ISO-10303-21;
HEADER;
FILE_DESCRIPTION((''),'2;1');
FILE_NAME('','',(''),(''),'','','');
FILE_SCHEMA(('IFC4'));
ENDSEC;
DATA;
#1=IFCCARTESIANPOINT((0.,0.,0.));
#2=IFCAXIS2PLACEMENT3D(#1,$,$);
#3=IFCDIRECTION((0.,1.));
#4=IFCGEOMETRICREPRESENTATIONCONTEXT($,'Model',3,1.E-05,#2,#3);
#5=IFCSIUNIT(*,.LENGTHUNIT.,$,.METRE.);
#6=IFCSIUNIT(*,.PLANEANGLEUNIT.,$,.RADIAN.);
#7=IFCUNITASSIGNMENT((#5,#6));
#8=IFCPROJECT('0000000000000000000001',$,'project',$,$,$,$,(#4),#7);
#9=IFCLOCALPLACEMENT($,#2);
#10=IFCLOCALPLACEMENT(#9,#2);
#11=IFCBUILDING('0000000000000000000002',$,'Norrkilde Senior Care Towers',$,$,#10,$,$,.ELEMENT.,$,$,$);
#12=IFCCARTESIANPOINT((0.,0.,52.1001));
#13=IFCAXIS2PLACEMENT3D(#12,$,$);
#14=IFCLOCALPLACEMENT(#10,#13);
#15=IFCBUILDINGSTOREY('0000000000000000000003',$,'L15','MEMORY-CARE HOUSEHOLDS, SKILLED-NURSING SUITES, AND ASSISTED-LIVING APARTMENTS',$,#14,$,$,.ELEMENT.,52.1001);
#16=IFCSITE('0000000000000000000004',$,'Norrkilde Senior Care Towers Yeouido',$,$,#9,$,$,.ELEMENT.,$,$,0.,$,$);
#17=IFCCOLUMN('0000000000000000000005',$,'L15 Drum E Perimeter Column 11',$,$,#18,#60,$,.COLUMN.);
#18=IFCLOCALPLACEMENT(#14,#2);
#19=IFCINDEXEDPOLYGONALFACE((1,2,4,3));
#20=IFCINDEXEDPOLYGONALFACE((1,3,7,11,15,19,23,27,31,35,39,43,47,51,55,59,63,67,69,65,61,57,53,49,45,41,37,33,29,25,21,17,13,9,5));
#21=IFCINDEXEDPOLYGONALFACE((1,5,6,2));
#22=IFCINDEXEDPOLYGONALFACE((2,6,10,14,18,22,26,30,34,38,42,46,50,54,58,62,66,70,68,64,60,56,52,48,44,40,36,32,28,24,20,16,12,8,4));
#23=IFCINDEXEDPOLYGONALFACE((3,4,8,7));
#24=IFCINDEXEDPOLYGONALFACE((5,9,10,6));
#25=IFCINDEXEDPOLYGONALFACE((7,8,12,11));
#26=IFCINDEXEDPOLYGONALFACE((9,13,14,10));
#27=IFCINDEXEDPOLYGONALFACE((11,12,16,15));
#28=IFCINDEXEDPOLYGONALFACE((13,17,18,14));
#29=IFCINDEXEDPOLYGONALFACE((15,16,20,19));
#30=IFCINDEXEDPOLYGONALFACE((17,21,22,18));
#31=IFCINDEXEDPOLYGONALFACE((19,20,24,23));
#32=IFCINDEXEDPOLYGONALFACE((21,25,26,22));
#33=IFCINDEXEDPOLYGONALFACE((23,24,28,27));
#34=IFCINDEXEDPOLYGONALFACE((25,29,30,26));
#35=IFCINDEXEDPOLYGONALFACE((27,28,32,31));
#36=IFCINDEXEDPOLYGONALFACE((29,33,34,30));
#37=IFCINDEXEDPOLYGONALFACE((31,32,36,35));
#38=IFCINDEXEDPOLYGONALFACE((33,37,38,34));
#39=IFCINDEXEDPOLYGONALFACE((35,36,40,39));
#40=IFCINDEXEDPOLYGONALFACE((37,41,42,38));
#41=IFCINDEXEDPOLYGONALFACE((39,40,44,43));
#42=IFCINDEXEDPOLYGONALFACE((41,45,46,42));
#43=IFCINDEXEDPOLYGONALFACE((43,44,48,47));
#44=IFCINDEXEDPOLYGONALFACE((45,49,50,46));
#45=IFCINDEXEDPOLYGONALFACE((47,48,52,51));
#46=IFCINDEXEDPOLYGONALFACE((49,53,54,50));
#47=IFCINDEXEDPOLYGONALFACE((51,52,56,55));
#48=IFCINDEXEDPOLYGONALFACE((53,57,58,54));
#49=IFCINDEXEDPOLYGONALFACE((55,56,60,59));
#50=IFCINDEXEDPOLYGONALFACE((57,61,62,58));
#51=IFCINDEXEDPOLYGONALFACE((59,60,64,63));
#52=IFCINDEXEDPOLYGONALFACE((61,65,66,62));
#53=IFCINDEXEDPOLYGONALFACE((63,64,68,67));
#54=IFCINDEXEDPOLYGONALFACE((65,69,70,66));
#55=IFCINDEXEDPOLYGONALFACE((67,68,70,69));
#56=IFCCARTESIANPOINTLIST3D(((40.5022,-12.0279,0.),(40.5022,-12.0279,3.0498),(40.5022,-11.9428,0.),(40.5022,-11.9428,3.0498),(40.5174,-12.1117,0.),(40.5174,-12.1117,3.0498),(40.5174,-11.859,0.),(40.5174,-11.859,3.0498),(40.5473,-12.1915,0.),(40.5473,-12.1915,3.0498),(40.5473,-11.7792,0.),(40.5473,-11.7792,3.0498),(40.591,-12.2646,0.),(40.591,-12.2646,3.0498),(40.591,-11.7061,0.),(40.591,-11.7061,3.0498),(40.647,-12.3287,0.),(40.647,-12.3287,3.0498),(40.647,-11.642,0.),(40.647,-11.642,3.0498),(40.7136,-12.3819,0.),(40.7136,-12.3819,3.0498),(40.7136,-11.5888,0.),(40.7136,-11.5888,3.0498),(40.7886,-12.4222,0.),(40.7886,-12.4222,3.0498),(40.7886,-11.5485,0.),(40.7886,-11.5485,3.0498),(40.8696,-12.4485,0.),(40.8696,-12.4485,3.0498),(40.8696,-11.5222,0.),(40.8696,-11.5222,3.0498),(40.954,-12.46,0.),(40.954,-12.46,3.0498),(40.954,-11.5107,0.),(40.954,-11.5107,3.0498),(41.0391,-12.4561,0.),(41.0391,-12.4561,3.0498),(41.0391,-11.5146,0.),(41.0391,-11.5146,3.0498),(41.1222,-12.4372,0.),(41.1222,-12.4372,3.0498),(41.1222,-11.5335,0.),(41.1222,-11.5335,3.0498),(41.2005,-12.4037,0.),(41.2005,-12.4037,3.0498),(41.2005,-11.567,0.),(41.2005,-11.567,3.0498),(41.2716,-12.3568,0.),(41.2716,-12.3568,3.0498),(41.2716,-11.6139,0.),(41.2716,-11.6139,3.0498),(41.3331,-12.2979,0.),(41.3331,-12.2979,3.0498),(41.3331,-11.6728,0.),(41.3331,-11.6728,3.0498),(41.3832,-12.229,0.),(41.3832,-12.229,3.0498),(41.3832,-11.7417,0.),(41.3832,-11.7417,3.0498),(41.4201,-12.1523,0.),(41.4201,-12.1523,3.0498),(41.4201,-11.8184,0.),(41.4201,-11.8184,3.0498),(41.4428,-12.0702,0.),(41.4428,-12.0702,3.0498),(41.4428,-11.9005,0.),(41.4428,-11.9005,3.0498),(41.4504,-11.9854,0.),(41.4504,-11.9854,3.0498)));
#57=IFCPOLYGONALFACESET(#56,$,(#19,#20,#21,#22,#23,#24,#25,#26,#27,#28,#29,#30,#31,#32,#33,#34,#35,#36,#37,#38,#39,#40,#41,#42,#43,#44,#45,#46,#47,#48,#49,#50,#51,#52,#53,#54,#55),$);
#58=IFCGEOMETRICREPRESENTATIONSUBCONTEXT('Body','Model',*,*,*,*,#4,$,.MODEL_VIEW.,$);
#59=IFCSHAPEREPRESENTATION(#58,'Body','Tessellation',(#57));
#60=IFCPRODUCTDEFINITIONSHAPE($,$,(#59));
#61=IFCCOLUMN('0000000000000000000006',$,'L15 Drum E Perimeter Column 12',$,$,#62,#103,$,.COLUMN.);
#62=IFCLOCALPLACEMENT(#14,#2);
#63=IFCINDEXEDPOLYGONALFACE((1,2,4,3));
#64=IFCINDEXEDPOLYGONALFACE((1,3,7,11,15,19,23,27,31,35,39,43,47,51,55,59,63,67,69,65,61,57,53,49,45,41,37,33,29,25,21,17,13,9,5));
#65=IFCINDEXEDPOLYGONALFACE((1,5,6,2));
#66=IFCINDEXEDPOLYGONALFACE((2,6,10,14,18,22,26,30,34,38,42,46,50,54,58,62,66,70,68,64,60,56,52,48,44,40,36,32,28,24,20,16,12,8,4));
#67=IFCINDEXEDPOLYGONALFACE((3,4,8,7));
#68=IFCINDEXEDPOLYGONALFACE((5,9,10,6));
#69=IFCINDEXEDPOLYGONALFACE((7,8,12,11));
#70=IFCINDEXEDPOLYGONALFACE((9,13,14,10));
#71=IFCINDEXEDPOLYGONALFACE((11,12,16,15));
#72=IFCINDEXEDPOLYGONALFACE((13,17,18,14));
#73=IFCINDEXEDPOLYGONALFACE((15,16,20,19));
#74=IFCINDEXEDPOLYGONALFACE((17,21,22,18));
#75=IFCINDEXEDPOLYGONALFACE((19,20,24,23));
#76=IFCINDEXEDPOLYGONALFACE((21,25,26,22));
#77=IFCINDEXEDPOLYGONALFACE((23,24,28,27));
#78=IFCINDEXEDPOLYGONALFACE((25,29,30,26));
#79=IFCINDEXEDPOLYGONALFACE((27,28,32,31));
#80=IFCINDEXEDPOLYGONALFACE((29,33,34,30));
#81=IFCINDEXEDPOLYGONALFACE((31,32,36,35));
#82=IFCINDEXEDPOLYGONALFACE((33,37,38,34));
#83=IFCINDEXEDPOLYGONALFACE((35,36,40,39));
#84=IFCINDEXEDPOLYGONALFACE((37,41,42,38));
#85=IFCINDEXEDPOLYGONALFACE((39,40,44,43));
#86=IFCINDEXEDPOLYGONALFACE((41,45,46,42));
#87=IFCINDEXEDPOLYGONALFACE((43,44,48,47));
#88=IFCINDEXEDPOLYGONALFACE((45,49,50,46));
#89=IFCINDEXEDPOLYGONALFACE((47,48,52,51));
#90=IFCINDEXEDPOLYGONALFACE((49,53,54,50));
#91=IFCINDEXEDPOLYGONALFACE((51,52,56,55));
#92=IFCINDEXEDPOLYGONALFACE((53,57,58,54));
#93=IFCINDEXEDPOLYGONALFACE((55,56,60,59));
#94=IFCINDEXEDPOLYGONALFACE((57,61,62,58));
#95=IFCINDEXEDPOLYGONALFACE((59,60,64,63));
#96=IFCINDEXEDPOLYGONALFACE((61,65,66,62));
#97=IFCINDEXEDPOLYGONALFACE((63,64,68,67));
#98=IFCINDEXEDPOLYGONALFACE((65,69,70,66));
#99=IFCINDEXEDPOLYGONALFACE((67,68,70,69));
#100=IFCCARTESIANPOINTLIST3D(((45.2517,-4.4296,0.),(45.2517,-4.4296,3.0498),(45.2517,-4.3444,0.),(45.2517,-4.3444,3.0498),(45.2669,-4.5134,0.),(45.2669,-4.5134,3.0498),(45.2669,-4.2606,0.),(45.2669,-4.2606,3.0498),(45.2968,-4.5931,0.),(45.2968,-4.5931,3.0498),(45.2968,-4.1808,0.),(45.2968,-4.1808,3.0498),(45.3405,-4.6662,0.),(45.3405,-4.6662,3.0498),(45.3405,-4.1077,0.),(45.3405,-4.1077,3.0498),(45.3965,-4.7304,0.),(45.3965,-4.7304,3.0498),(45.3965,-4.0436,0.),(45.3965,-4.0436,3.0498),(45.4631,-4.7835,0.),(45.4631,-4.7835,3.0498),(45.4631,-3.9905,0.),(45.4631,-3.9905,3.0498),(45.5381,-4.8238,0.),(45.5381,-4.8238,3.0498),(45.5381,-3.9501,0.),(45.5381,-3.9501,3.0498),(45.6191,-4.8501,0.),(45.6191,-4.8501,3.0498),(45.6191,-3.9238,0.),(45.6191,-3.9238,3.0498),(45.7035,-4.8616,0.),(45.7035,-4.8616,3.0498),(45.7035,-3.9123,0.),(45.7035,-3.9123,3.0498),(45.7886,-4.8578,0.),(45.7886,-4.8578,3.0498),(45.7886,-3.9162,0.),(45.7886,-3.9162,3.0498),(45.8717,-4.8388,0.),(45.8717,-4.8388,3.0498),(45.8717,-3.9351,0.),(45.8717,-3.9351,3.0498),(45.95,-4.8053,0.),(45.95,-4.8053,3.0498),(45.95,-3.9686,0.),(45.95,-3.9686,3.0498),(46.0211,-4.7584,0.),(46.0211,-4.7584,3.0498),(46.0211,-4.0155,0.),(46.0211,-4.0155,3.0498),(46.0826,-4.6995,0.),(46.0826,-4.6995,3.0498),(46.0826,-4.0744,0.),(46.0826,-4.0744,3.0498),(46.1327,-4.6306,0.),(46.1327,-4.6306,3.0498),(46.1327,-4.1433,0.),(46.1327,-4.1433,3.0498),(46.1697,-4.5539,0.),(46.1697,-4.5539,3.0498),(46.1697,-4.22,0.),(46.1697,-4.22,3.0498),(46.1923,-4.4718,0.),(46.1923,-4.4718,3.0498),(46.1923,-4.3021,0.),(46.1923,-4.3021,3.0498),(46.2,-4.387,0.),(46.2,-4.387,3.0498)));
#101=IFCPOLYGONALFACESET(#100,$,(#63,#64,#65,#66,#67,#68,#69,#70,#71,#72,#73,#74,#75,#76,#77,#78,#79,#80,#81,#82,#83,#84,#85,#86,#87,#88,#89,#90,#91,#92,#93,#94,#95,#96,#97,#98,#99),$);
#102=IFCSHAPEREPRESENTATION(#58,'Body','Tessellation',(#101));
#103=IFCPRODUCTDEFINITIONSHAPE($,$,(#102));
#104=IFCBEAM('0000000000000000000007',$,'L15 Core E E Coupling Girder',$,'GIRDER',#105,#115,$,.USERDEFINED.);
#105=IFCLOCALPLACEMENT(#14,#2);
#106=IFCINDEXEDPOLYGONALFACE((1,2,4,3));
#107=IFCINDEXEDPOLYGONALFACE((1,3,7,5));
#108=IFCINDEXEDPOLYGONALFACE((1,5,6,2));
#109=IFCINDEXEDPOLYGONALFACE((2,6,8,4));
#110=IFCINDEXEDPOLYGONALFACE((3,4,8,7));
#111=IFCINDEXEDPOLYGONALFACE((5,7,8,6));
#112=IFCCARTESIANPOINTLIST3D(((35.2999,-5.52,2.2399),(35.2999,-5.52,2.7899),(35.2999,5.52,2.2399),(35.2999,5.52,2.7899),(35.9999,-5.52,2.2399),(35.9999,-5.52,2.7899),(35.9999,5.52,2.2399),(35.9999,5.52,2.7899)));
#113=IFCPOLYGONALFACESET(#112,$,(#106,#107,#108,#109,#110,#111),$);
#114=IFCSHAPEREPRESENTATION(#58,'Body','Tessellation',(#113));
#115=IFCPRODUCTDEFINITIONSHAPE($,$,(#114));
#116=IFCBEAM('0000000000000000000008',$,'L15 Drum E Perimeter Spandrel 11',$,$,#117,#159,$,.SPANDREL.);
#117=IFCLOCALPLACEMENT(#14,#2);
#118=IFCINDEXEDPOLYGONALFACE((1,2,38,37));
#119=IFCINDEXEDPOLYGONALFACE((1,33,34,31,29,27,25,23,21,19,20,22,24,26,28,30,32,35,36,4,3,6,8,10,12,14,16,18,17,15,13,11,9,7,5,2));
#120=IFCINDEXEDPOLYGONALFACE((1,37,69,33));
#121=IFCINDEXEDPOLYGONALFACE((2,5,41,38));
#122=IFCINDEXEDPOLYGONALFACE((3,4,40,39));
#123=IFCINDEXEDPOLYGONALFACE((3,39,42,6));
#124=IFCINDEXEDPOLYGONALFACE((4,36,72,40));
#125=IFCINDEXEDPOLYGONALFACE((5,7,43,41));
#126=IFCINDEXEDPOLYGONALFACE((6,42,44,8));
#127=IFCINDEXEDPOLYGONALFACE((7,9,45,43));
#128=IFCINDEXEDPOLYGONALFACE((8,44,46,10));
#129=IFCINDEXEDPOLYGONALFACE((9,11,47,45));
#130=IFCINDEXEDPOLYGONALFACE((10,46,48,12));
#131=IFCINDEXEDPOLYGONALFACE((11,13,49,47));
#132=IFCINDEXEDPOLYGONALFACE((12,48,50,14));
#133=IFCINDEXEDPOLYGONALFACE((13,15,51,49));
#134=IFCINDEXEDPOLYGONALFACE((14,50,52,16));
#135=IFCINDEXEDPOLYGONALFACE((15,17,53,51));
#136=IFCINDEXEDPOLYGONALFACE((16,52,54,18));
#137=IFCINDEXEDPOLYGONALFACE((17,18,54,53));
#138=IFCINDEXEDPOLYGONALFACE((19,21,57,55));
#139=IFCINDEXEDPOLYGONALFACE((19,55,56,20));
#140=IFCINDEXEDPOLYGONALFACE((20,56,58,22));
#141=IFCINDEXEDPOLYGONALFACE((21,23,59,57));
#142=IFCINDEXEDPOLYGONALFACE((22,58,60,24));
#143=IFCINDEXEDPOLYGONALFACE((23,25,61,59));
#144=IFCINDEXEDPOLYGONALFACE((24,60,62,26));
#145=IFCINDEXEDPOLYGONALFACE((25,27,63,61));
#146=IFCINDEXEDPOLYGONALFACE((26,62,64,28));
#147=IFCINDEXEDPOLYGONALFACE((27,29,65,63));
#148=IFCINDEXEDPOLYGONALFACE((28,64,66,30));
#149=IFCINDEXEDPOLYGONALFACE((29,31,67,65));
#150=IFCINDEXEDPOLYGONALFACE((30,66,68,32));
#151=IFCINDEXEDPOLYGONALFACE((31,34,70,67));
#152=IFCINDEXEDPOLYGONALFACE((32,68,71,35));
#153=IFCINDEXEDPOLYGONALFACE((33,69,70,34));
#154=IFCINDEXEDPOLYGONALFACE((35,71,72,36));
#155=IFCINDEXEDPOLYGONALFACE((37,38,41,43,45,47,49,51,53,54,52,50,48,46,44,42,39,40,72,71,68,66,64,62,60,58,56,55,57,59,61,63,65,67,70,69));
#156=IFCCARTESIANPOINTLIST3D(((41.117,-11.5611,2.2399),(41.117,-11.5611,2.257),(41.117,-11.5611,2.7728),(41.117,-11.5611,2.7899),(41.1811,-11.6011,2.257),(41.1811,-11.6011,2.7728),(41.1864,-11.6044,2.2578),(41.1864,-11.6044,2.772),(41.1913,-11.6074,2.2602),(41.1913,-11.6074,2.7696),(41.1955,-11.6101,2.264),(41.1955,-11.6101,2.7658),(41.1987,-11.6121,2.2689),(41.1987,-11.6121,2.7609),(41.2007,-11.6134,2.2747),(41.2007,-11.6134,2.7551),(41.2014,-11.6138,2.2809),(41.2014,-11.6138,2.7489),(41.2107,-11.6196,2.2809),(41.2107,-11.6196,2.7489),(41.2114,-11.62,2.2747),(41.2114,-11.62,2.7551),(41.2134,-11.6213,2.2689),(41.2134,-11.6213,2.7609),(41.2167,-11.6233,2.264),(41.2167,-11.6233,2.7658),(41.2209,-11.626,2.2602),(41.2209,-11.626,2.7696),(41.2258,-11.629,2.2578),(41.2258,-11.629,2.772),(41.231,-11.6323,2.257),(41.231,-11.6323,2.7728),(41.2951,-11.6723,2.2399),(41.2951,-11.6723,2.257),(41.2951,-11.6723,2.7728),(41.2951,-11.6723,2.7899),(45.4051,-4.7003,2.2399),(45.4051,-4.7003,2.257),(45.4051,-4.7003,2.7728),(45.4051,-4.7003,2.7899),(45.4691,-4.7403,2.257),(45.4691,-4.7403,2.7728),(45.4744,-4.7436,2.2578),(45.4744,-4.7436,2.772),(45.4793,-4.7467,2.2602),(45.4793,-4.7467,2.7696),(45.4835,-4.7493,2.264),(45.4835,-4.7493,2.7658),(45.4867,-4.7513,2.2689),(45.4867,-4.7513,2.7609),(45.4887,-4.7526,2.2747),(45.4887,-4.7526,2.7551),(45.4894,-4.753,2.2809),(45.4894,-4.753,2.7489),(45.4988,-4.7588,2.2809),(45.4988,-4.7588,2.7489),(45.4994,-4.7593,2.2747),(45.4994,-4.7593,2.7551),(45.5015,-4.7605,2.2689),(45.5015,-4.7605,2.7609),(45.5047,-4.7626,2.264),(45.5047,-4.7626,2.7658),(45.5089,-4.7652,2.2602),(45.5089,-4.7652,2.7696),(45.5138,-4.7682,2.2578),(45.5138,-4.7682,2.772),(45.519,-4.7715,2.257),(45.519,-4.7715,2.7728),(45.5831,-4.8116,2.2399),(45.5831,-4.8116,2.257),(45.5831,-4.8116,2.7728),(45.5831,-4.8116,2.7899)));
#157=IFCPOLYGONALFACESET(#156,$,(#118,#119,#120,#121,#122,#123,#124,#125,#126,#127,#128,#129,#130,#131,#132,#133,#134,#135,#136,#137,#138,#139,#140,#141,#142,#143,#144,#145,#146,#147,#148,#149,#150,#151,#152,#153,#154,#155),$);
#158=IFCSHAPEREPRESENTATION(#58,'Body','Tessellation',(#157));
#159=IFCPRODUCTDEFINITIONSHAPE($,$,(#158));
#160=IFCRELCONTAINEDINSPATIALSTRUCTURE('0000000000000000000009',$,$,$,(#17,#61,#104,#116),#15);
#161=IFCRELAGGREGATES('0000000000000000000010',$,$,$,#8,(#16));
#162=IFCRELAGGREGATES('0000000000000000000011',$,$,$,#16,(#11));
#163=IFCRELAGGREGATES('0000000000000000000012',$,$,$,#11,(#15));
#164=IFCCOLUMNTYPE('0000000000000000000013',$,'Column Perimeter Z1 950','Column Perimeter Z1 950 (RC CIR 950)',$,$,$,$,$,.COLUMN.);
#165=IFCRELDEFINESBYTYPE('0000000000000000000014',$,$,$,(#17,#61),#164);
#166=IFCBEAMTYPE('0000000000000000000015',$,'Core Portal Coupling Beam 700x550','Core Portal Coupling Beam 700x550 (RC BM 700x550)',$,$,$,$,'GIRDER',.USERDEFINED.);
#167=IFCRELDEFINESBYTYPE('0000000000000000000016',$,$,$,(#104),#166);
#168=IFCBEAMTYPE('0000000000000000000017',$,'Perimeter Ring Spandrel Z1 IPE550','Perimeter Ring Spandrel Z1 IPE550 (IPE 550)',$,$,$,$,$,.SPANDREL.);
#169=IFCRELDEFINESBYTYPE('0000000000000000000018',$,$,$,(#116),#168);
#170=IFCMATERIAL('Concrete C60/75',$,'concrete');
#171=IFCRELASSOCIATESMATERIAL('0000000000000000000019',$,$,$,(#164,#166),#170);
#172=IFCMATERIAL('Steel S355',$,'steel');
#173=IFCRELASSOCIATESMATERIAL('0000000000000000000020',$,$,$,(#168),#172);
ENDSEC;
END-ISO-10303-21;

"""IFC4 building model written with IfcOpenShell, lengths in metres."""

from ifc_helpers import new_model, si_unit, direction, frame, origin, origin_2d, place, context, subcontext, project, spatial, rectangle, circle, i_section, extrude, source, transform, mapped, material, material_profile, profile_set, type_object, type_shapes, element, save


model = new_model("IFC4")

# Units and contexts
model_context = context("Model", 3, precision=1e-05, world=origin(), true_north=direction((0.0, 1.0)))
body_context = subcontext(model_context, "Body", "Model", "MODEL_VIEW")
ifc_project = project(units=[si_unit("LENGTHUNIT", "METRE"), si_unit("PLANEANGLEUNIT", "RADIAN")], contexts=[model_context])

# Site, building, storey
site_placement = place(None, origin())
site = spatial("IfcSite", under=ifc_project, at=site_placement, Name="Norrkilde Senior Care Towers Yeouido", CompositionType="ELEMENT", RefElevation=0.0)
building_placement = place(site_placement, origin())
building = spatial("IfcBuilding", under=site, at=building_placement, Name="Norrkilde Senior Care Towers", CompositionType="ELEMENT")
storey_placement = place(building_placement, frame((0.0, 0.0, 52.1001)))
storey = spatial("IfcBuildingStorey", under=building, at=storey_placement, Name="L15", Description="MEMORY-CARE HOUSEHOLDS, SKILLED-NURSING SUITES, AND ASSISTED-LIVING APARTMENTS", CompositionType="ELEMENT", Elevation=52.1001)

# Columns
ifc_material_1 = material(Name="Concrete C60/75", Category="concrete")
ifc_material_profile_1 = material_profile(ifc_material_1, circle(Radius=0.4751, at=origin_2d()), Name="RC CIR 950")
ifc_profile_set_1 = profile_set([ifc_material_profile_1], Name="Concrete C60/75")
column_type = type_object("IfcColumnType", Name="Column Perimeter Z1 950", Description="Column Perimeter Z1 950 (RC CIR 950)", PredefinedType="COLUMN", material=ifc_profile_set_1)
shared_shape_1 = source(origin(), body_context, "Body", "SweptSolid", [
    extrude(circle(Radius=0.4751, at=origin_2d()), origin(), (0.0, 0.0, 1.0), 3.0498),
])
type_shapes(column_type, [shared_shape_1])
for number, where, z_axis, x_axis, name in (
    (1, (40.9753, -11.9854, 0.0), (0.0, 0.0, 1.0), (1.0, 0.0, 0.0), "L15 Drum E Perimeter Column 11"),
    (2, (45.7249, -4.387, 0.0), (0.0, 0.0, 1.0), (1.0, 0.0, 0.0), "L15 Drum E Perimeter Column 12"),
):
    element("IfcColumn", number, at=place(storey_placement, frame(where, z_axis=z_axis, x_axis=x_axis)), inside=storey, type_object=column_type, Name=name, PredefinedType="COLUMN", context=body_context, shape_type="MappedRepresentation", body=[
        mapped(shared_shape_1, transform((0.0, 0.0, 0.0), x_axis=(1.0, 0.0, 0.0), y_axis=(0.0, 1.0, 0.0), z_axis=(0.0, 0.0, 1.0), scale=1.0)),
    ])

# Beams
ifc_material_profile_2 = material_profile(ifc_material_1, rectangle(XDim=0.7, YDim=0.55, at=origin_2d()), Name="RC BM 700x550")
ifc_profile_set_2 = profile_set([ifc_material_profile_2], Name="Concrete C60/75")
beam_type_1 = type_object("IfcBeamType", Name="Core Portal Coupling Beam 700x550", Description="Core Portal Coupling Beam 700x550 (RC BM 700x550)", ElementType="GIRDER", PredefinedType="USERDEFINED", material=ifc_profile_set_2)
shared_shape_2 = source(origin(), body_context, "Body", "SweptSolid", [
    extrude(rectangle(XDim=0.7, YDim=0.55, at=origin_2d()), origin(), (0.0, 0.0, 1.0), 11.04),
])
type_shapes(beam_type_1, [shared_shape_2])
beam_1_placement = place(storey_placement, frame((35.6499, -5.52, 2.5149), z_axis=(0.0, 1.0, 0.0), x_axis=(-1.0, 0.0, 0.0)))
element("IfcBeam", 3, at=beam_1_placement, inside=storey, type_object=beam_type_1, Name="L15 Core E E Coupling Girder", ObjectType="GIRDER", PredefinedType="USERDEFINED", context=body_context, shape_type="MappedRepresentation", body=[
    mapped(shared_shape_2, transform((0.0, 0.0, 0.0), x_axis=(1.0, 0.0, 0.0), y_axis=(0.0, 1.0, 0.0), z_axis=(0.0, 0.0, 1.0), scale=1.0)),
])
ifc_material_2 = material(Name="Steel S355", Category="steel")
ifc_material_profile_3 = material_profile(ifc_material_2, i_section(OverallWidth=0.21, OverallDepth=0.55, WebThickness=0.011, FlangeThickness=0.0171, FilletRadius=0.0239, at=origin_2d()), Name="IPE 550")
ifc_profile_set_3 = profile_set([ifc_material_profile_3], Name="Steel S355")
beam_type_2 = type_object("IfcBeamType", Name="Perimeter Ring Spandrel Z1 IPE550", Description="Perimeter Ring Spandrel Z1 IPE550 (IPE 550)", PredefinedType="SPANDREL", material=ifc_profile_set_3)
shared_shape_3 = source(origin(), body_context, "Body", "SweptSolid", [
    extrude(i_section(OverallWidth=0.21, OverallDepth=0.55, WebThickness=0.011, FlangeThickness=0.0171, FilletRadius=0.0239, at=origin_2d()), origin(), (0.0, 0.0, 1.0), 8.0906),
])
beam_2_placement = place(storey_placement, frame((41.2061, -11.6167, 2.5149), z_axis=(0.530004, 0.847995, 0.0), x_axis=(-0.847995, 0.530004, 0.0)))
element("IfcBeam", 4, at=beam_2_placement, inside=storey, type_object=beam_type_2, Name="L15 Drum E Perimeter Spandrel 11", PredefinedType="SPANDREL", context=body_context, shape_type="MappedRepresentation", body=[
    mapped(shared_shape_3, transform((0.0, 0.0, 0.0), x_axis=(1.0, 0.0, 0.0), y_axis=(0.0, 1.0, 0.0), z_axis=(0.0, 0.0, 1.0), scale=1.0)),
])

save(model, "model.ifc")
